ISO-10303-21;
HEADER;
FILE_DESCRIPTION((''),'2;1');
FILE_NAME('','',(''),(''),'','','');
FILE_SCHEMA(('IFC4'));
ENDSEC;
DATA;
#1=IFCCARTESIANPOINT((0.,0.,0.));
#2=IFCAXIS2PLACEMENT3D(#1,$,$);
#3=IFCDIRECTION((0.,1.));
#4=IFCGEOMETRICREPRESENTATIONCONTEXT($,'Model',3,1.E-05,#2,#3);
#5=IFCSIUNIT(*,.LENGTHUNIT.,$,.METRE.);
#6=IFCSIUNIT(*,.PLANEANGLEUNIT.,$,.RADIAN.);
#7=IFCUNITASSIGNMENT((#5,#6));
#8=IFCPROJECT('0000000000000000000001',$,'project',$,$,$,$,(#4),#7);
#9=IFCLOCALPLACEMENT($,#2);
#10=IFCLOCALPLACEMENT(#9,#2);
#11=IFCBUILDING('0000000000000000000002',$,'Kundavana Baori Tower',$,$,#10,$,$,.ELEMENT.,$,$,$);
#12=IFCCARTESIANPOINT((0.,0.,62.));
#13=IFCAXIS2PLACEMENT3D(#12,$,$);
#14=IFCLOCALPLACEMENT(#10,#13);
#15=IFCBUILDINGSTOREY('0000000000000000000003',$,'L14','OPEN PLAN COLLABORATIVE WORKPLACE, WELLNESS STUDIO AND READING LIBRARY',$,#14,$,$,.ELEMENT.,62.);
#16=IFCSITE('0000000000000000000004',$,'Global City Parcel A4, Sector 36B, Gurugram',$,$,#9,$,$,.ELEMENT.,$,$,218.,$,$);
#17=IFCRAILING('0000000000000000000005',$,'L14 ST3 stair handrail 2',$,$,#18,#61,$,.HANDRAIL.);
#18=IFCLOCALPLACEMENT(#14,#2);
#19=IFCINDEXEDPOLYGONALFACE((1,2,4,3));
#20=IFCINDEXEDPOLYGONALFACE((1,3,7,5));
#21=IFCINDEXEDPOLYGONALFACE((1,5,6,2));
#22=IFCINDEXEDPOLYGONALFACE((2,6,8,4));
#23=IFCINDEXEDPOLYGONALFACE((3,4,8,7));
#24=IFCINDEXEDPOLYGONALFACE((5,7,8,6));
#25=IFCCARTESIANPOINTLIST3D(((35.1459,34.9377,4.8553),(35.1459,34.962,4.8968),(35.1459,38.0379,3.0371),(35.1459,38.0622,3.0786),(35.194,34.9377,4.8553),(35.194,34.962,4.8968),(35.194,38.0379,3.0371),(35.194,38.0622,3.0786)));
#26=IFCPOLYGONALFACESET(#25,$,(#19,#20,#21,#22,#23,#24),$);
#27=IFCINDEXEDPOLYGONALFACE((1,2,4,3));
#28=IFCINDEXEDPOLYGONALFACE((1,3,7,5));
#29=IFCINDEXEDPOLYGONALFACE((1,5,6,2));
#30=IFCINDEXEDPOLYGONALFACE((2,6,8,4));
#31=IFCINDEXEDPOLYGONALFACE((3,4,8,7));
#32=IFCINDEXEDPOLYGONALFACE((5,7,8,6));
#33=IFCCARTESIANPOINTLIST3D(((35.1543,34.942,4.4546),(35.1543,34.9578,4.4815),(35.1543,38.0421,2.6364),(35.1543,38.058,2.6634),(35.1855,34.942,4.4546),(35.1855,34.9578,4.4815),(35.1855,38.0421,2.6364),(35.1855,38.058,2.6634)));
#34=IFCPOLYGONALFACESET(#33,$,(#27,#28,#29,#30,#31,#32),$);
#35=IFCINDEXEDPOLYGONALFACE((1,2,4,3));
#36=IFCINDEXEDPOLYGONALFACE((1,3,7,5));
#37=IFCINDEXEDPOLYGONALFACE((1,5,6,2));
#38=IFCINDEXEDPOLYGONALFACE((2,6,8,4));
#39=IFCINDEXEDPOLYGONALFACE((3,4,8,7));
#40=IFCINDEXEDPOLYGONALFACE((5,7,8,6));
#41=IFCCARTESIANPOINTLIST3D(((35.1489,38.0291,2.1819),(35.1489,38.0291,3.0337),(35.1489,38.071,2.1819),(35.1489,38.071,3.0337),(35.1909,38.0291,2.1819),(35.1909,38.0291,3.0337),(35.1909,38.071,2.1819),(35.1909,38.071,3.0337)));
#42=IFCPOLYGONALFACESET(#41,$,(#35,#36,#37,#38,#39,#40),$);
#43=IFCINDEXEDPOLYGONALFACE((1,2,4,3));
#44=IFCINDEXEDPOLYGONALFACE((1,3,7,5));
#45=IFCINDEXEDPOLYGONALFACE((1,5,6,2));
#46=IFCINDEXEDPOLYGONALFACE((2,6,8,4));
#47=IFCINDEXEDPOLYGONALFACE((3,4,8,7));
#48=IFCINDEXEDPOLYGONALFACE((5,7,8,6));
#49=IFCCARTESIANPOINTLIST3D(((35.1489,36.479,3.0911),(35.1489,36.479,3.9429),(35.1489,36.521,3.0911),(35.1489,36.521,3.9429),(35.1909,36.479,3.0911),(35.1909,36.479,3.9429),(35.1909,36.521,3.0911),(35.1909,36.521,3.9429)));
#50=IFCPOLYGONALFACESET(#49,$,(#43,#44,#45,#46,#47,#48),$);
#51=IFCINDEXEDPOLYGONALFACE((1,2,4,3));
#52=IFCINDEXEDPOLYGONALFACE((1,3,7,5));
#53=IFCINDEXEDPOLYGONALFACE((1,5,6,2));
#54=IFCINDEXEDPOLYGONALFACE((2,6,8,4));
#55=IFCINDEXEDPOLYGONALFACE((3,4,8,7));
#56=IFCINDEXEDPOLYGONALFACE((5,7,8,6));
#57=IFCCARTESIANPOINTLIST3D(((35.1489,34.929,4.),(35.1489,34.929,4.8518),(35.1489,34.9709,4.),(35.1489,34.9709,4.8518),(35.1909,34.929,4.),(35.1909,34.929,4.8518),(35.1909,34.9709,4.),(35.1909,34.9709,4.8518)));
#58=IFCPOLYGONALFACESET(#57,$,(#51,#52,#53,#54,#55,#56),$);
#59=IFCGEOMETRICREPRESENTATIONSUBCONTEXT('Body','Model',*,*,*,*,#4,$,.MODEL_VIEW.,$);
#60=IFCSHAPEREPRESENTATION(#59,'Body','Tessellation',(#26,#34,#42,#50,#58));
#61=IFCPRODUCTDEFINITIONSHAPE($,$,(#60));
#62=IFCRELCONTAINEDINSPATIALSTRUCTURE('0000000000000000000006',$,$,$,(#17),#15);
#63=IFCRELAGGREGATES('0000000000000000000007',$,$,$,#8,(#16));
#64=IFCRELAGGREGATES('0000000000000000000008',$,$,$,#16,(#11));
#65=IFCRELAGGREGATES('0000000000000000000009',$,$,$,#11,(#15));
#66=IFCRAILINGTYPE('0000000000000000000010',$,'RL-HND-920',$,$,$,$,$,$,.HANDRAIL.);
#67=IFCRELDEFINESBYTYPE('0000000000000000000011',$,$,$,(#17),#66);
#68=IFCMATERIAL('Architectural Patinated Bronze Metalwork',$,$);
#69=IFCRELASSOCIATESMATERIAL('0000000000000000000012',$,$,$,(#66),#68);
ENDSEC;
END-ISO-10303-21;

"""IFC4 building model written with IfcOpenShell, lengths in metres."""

from ifc_helpers import new_model, si_unit, direction, frame, origin, origin_2d, place, context, subcontext, project, spatial, rectangle, extrude, material, type_object, element, save


model = new_model("IFC4")

# Units and contexts
model_context = context("Model", 3, precision=1e-05, world=origin(), true_north=direction((0.0, 1.0)))
body_context = subcontext(model_context, "Body", "Model", "MODEL_VIEW")
ifc_project = project(units=[si_unit("LENGTHUNIT", "METRE"), si_unit("PLANEANGLEUNIT", "RADIAN")], contexts=[model_context])

# Site, building, storey
site_placement = place(None, origin())
site = spatial("IfcSite", under=ifc_project, at=site_placement, Name="Global City Parcel A4, Sector 36B, Gurugram", CompositionType="ELEMENT", RefElevation=218.0)
building_placement = place(site_placement, origin())
building = spatial("IfcBuilding", under=site, at=building_placement, Name="Kundavana Baori Tower", CompositionType="ELEMENT")
storey_placement = place(building_placement, frame((0.0, 0.0, 62.0)))
storey = spatial("IfcBuildingStorey", under=building, at=storey_placement, Name="L14", Description="OPEN PLAN COLLABORATIVE WORKPLACE, WELLNESS STUDIO AND READING LIBRARY", CompositionType="ELEMENT", Elevation=62.0)

# Railing
ifc_material_1 = material(Name="Architectural Patinated Bronze Metalwork")
railing_type_1 = type_object("IfcRailingType", Name="RL-HND-920", PredefinedType="HANDRAIL", material=ifc_material_1)
railing_1_placement = place(storey_placement, frame((35.1699, 38.05, 2.1819)))
element("IfcRailing", 1, at=railing_1_placement, inside=storey, type_object=railing_type_1, Name="L14 ST3 stair handrail 2", PredefinedType="HANDRAIL", context=body_context, shape_type="SweptSolid", body=[
    extrude(rectangle(XDim=0.0481, YDim=0.0481, at=origin_2d()), frame((0.0, 0.0, 0.876), z_axis=(0.0, -0.862599, 0.505889), x_axis=(1.0, 0.0, 0.0)), (0.0, 0.0, 1.0), 3.594),
    extrude(rectangle(XDim=0.0312, YDim=0.0312, at=origin_2d()), frame((0.0, 0.0, 0.468), z_axis=(0.0, -0.862599, 0.505889), x_axis=(1.0, 0.0, 0.0)), (0.0, 0.0, 1.0), 3.594),
    extrude(rectangle(XDim=0.042, YDim=0.042, at=origin_2d()), origin(), (0.0, 0.0, 1.0), 0.8518),
    extrude(rectangle(XDim=0.042, YDim=0.042, at=origin_2d()), frame((0.0, -1.55, 0.9092)), (0.0, 0.0, 1.0), 0.8518),
    extrude(rectangle(XDim=0.042, YDim=0.042, at=origin_2d()), frame((0.0, -3.1001, 1.8181)), (0.0, 0.0, 1.0), 0.8518),
])

save(model, "model.ifc")
